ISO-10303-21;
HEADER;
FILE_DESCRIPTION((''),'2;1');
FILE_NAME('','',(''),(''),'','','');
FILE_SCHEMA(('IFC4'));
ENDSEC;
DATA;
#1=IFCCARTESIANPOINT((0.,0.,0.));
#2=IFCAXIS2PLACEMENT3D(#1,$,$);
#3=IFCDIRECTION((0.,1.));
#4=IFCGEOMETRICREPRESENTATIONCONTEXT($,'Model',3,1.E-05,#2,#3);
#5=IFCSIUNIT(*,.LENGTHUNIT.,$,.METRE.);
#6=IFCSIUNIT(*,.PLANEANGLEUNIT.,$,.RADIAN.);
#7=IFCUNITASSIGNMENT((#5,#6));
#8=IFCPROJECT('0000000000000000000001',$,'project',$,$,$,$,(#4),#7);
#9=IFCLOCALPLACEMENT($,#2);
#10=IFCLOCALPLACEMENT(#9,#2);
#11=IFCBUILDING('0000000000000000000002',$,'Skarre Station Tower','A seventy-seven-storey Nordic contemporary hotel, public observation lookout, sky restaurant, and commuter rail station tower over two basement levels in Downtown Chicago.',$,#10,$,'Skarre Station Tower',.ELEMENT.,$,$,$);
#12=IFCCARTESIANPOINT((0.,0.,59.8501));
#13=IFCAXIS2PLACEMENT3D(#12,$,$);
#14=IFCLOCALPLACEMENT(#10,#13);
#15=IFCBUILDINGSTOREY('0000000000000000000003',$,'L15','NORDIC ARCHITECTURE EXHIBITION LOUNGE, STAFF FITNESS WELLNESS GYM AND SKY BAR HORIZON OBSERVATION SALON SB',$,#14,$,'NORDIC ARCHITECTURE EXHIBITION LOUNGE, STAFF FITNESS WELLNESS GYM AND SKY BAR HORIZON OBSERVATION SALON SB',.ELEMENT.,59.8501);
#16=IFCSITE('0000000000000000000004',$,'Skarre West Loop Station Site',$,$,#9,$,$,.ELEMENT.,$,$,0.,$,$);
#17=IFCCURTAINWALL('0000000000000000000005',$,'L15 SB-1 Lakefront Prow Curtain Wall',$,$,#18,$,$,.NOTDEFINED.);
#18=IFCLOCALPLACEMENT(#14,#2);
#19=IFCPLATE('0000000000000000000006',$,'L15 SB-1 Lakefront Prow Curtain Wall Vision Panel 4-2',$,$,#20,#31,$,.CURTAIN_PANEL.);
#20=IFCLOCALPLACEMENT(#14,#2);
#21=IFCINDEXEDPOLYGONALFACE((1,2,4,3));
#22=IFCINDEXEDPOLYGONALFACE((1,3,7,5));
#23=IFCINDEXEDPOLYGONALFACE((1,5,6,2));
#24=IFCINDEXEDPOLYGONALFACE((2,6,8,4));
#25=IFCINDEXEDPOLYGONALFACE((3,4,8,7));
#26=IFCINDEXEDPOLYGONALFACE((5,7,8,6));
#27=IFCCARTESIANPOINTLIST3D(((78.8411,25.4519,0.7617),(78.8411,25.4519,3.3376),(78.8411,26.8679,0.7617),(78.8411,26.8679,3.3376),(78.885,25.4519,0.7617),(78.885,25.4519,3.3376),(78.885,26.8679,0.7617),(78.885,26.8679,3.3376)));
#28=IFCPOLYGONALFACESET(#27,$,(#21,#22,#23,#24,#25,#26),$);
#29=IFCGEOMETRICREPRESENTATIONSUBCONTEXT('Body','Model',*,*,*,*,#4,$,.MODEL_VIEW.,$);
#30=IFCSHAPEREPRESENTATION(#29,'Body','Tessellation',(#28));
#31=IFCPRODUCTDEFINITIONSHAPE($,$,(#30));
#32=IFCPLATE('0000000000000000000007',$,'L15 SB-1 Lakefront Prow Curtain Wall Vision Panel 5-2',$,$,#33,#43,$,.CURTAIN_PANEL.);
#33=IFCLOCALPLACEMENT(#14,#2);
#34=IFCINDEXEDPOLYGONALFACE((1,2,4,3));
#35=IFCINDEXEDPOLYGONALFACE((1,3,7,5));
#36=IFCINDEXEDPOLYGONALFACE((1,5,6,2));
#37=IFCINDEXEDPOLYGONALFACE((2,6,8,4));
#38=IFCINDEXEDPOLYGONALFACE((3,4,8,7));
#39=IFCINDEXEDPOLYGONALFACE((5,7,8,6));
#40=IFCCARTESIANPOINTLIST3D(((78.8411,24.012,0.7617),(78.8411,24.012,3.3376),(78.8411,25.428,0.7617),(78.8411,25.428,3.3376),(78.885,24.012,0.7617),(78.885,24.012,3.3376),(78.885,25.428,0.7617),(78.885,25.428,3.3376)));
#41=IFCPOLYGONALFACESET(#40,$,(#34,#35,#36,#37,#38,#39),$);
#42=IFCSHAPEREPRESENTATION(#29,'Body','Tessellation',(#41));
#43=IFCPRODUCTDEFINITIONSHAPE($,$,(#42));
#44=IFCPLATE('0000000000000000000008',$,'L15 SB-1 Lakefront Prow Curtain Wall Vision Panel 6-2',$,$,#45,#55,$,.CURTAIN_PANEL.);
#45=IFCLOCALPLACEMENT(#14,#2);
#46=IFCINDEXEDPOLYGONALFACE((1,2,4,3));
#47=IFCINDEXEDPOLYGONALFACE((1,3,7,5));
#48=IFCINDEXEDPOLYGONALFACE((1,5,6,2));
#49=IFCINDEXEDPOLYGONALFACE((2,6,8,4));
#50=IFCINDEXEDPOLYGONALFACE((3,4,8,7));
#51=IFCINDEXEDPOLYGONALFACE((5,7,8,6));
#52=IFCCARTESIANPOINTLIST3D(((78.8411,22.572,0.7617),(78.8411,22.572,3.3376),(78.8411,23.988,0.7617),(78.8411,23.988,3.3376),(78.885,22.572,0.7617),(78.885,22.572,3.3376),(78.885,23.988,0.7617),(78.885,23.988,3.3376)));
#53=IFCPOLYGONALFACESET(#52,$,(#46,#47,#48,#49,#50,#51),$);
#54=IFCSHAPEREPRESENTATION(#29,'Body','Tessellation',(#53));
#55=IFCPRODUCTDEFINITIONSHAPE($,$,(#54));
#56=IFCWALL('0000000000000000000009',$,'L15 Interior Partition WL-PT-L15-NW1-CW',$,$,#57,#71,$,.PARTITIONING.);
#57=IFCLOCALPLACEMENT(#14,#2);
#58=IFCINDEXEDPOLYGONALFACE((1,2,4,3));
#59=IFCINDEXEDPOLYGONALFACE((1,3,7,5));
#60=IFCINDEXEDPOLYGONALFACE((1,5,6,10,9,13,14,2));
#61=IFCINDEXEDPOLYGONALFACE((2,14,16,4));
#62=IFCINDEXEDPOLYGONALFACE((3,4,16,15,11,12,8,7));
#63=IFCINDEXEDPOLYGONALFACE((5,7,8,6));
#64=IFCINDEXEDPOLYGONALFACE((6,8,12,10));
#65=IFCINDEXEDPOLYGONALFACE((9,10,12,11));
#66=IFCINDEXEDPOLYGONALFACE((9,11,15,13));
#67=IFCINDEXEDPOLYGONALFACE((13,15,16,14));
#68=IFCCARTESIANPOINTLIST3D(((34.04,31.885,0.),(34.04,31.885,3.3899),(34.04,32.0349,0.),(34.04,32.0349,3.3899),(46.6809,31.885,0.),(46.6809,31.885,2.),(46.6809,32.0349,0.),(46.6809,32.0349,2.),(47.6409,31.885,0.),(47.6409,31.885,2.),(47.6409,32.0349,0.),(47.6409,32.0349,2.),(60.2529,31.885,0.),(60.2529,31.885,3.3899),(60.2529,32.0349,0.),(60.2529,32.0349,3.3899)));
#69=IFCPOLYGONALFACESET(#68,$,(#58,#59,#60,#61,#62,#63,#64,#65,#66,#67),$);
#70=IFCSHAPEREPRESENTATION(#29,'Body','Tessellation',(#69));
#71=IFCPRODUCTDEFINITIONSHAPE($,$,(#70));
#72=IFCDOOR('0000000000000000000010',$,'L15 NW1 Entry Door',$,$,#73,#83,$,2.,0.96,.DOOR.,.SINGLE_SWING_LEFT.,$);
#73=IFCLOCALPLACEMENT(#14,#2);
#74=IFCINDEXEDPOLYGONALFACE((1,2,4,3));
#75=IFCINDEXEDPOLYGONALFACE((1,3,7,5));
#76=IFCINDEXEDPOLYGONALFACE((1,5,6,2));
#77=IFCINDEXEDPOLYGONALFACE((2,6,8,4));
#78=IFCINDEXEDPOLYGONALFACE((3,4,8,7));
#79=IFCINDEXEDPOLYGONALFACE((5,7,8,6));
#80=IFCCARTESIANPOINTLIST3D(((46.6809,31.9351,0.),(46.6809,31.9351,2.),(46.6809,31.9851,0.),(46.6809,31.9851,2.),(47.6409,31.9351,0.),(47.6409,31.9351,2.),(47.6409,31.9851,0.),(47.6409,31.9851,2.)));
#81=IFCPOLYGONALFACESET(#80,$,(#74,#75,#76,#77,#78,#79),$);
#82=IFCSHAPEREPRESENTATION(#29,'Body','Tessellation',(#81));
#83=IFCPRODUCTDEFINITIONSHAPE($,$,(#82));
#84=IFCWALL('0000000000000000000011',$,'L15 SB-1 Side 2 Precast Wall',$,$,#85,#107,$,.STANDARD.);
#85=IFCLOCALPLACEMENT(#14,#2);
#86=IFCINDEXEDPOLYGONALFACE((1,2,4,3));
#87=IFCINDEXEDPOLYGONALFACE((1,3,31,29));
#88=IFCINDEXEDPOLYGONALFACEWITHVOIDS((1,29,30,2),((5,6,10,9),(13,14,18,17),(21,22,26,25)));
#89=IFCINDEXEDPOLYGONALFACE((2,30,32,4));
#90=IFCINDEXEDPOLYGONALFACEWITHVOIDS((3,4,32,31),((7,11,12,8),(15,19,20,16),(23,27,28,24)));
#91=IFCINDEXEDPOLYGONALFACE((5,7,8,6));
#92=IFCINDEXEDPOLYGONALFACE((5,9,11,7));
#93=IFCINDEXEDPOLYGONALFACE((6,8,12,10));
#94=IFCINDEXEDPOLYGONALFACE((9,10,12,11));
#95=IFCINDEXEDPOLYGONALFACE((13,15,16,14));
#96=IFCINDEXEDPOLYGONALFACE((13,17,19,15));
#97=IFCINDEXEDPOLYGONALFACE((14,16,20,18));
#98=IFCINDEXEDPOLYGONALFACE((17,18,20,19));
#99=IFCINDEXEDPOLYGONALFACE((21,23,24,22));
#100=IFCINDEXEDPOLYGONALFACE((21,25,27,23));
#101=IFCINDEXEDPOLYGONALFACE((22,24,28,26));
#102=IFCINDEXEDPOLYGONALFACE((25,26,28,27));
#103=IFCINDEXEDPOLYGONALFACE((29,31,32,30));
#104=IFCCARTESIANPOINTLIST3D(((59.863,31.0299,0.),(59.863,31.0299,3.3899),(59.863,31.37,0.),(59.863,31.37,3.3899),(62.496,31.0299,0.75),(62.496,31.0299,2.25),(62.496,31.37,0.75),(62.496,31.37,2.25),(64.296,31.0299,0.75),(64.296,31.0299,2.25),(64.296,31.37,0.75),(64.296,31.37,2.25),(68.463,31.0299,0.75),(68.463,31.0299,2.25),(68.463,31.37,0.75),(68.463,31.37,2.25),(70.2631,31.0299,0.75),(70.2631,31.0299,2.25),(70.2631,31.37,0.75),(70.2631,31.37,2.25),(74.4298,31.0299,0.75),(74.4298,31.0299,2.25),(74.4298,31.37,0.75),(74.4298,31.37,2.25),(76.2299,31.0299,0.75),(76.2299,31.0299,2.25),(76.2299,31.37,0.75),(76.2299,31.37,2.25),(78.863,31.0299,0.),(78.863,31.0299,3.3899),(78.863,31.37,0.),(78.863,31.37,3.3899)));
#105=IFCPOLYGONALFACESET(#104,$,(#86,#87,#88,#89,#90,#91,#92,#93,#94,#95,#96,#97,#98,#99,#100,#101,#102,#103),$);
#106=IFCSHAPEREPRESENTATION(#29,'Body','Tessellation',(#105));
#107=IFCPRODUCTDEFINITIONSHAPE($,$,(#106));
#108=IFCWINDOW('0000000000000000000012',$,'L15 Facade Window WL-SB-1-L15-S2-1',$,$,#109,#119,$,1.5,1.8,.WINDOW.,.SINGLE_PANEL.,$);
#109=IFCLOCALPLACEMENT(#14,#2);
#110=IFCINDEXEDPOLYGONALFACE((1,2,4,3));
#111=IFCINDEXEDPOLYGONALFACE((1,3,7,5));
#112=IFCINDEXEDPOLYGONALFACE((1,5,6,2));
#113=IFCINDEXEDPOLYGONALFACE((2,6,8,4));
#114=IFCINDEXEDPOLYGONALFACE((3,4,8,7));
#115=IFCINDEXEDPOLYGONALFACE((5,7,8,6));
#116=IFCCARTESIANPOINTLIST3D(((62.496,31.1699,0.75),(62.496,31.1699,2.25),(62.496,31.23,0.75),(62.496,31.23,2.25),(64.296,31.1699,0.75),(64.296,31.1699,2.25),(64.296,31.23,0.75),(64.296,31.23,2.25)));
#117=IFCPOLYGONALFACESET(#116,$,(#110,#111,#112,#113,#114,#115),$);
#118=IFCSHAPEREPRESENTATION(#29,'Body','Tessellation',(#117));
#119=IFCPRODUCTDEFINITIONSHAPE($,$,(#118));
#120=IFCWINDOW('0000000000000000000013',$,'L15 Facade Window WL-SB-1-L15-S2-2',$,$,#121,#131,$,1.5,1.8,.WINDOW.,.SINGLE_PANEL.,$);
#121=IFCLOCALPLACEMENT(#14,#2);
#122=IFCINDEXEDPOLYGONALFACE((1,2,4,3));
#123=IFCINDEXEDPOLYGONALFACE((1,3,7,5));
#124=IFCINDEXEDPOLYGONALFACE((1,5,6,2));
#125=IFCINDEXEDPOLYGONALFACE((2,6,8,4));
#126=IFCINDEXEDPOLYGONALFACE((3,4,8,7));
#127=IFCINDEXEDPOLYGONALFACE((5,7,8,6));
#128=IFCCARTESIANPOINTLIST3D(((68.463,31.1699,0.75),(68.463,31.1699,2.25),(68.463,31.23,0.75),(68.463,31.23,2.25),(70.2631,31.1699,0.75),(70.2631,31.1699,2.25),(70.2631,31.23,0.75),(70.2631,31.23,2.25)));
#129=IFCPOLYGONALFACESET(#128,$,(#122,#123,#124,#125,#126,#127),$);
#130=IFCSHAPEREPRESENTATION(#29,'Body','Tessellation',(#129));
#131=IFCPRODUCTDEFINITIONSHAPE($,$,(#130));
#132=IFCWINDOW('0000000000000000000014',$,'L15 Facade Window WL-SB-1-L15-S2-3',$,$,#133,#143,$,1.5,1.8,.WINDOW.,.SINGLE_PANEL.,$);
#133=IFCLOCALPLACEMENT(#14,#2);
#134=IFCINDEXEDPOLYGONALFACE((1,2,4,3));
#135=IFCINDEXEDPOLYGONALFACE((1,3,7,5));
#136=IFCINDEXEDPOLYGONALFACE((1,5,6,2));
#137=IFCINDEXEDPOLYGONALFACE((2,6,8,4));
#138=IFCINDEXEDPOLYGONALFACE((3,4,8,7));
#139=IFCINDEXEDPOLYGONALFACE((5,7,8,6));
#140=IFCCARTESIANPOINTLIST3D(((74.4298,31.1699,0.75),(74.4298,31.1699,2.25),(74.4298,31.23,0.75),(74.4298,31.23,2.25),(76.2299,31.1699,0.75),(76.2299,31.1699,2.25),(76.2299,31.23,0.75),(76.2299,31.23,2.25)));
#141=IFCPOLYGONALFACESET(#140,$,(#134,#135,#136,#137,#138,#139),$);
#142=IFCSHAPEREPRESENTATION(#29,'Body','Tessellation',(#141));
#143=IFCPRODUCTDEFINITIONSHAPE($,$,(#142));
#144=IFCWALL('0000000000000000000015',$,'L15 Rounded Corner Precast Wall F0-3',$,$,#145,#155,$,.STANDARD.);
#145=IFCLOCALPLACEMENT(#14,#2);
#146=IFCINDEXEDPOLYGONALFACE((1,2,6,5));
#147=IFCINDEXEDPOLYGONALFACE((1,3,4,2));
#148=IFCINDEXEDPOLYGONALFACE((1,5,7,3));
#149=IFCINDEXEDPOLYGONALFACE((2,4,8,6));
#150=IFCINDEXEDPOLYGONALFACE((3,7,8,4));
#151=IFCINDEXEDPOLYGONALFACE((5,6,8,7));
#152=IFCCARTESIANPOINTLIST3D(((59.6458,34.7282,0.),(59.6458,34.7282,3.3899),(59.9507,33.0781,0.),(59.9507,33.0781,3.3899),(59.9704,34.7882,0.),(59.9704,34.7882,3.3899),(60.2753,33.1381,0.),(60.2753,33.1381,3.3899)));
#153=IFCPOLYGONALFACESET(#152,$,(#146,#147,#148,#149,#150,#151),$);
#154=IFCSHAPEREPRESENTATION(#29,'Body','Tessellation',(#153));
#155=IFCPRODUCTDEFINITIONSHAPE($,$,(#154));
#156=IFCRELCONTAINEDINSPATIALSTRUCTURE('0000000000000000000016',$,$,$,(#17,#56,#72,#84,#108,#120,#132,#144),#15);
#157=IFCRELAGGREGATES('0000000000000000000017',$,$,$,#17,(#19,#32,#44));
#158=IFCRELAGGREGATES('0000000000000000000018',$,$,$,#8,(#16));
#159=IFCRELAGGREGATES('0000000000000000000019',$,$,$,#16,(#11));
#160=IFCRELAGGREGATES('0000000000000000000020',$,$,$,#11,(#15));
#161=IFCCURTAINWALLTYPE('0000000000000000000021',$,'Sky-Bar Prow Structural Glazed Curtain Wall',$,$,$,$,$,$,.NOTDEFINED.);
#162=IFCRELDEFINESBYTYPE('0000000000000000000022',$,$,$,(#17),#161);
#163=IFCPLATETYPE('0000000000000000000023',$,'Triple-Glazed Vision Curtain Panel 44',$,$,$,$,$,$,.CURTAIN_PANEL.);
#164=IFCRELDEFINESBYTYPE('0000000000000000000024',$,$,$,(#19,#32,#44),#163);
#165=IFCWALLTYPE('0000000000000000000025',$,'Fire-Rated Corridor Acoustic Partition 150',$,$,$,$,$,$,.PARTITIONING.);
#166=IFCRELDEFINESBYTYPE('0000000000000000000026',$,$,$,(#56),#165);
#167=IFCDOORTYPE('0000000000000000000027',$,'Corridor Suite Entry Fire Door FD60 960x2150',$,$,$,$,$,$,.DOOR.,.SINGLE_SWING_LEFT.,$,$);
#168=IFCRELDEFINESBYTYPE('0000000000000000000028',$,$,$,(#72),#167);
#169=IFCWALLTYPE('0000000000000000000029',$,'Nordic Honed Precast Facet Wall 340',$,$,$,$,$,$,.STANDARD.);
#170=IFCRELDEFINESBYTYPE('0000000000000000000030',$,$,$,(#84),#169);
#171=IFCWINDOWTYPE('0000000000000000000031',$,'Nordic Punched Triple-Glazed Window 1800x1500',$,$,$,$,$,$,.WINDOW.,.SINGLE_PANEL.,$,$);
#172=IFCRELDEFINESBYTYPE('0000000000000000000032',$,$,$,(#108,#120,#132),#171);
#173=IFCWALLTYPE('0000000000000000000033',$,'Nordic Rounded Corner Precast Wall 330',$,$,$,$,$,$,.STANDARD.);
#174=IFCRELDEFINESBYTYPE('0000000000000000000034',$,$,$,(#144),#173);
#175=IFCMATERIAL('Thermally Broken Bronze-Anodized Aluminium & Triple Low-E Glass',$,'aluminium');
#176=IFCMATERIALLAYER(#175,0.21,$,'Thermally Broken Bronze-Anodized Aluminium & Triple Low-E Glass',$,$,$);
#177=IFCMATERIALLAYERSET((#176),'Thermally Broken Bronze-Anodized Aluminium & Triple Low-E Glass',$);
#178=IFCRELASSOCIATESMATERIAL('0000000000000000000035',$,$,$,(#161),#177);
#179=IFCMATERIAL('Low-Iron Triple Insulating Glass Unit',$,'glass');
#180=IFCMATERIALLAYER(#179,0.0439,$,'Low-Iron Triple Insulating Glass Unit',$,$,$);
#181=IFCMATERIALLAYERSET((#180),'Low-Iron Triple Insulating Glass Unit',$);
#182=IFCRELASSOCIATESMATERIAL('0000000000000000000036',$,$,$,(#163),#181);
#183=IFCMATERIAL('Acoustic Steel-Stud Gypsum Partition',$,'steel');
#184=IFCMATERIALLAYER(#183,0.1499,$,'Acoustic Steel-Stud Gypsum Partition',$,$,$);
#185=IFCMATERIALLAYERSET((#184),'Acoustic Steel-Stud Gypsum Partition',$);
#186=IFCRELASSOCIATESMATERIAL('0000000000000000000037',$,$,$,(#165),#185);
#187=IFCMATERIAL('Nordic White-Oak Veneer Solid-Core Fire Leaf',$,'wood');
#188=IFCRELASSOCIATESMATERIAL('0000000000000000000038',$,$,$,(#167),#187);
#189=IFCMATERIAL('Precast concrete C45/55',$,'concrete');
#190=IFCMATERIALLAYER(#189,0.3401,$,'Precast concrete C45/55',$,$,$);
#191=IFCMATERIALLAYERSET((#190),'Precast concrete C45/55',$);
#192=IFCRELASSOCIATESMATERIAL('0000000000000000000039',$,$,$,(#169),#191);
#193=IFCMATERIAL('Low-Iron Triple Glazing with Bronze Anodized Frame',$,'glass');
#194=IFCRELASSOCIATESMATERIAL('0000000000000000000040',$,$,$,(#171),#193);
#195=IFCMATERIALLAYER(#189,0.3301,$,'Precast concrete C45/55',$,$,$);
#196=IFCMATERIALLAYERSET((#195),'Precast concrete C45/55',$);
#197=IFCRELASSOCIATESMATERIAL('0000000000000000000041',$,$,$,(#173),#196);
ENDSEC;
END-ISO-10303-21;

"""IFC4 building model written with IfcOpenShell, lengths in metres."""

from ifc_helpers import new_model, si_unit, direction, frame, frame_2d, origin, origin_2d, place, context, subcontext, project, spatial, rectangle, extrude, material, layer, layer_set, type_object, element, fill, aggregate, save


model = new_model("IFC4")

# Units and contexts
model_context = context("Model", 3, precision=1e-05, world=origin(), true_north=direction((0.0, 1.0)))
body_context = subcontext(model_context, "Body", "Model", "MODEL_VIEW")
ifc_project = project(units=[si_unit("LENGTHUNIT", "METRE"), si_unit("PLANEANGLEUNIT", "RADIAN")], contexts=[model_context])

# Site, building, storey
site_placement = place(None, origin())
site = spatial("IfcSite", under=ifc_project, at=site_placement, Name="Skarre West Loop Station Site", CompositionType="ELEMENT", RefElevation=0.0)
building_placement = place(site_placement, origin())
building = spatial("IfcBuilding", under=site, at=building_placement, Name="Skarre Station Tower", Description="A seventy-seven-storey Nordic contemporary hotel, public observation lookout, sky restaurant, and commuter rail station tower over two basement levels in Downtown Chicago.", LongName="Skarre Station Tower", CompositionType="ELEMENT")
storey_placement = place(building_placement, frame((0.0, 0.0, 59.8501)))
storey = spatial("IfcBuildingStorey", under=building, at=storey_placement, Name="L15", Description="NORDIC ARCHITECTURE EXHIBITION LOUNGE, STAFF FITNESS WELLNESS GYM AND SKY BAR HORIZON OBSERVATION SALON SB", LongName="NORDIC ARCHITECTURE EXHIBITION LOUNGE, STAFF FITNESS WELLNESS GYM AND SKY BAR HORIZON OBSERVATION SALON SB", CompositionType="ELEMENT", Elevation=59.8501)

# Curtain wall
ifc_material_1 = material(Name="Thermally Broken Bronze-Anodized Aluminium & Triple Low-E Glass", Category="aluminium")
ifc_layer_1 = layer(ifc_material_1, 0.21, Name="Thermally Broken Bronze-Anodized Aluminium & Triple Low-E Glass")
ifc_layer_set_1 = layer_set([ifc_layer_1], Name="Thermally Broken Bronze-Anodized Aluminium & Triple Low-E Glass")
curtain_wall_type = type_object("IfcCurtainWallType", Name="Sky-Bar Prow Structural Glazed Curtain Wall", PredefinedType="NOTDEFINED", material=ifc_layer_set_1)
curtain_wall_placement = place(storey_placement, origin())
curtain_wall = element("IfcCurtainWall", 1, at=curtain_wall_placement, inside=storey, type_object=curtain_wall_type, Name="L15 SB-1 Lakefront Prow Curtain Wall", PredefinedType="NOTDEFINED")

# Plates
ifc_material_2 = material(Name="Low-Iron Triple Insulating Glass Unit", Category="glass")
ifc_layer_2 = layer(ifc_material_2, 0.0439, Name="Low-Iron Triple Insulating Glass Unit")
ifc_layer_set_2 = layer_set([ifc_layer_2], Name="Low-Iron Triple Insulating Glass Unit")
plate_type_1 = type_object("IfcPlateType", Name="Triple-Glazed Vision Curtain Panel 44", PredefinedType="CURTAIN_PANEL", material=ifc_layer_set_2)
plate_1_placement = place(storey_placement, frame((78.863, 26.1599, 0.7617), z_axis=(0.0, 0.0, 1.0), x_axis=(0.0, -1.0, 0.0)))
plate_1 = element("IfcPlate", 2, at=plate_1_placement, type_object=plate_type_1, Name="L15 SB-1 Lakefront Prow Curtain Wall Vision Panel 4-2", PredefinedType="CURTAIN_PANEL", context=body_context, shape_type="SweptSolid", body=[
    extrude(rectangle(XDim=1.416, YDim=0.0439, at=origin_2d()), origin(), (0.0, 0.0, 1.0), 2.5759),
])
plate_2_placement = place(storey_placement, frame((78.863, 24.72, 0.7617), z_axis=(0.0, 0.0, 1.0), x_axis=(0.0, -1.0, 0.0)))
plate_2 = element("IfcPlate", 3, at=plate_2_placement, type_object=plate_type_1, Name="L15 SB-1 Lakefront Prow Curtain Wall Vision Panel 5-2", PredefinedType="CURTAIN_PANEL", context=body_context, shape_type="SweptSolid", body=[
    extrude(rectangle(XDim=1.416, YDim=0.0439, at=origin_2d()), origin(), (0.0, 0.0, 1.0), 2.5759),
])
plate_3_placement = place(storey_placement, frame((78.863, 23.28, 0.7617), z_axis=(0.0, 0.0, 1.0), x_axis=(0.0, -1.0, 0.0)))
plate_3 = element("IfcPlate", 4, at=plate_3_placement, type_object=plate_type_1, Name="L15 SB-1 Lakefront Prow Curtain Wall Vision Panel 6-2", PredefinedType="CURTAIN_PANEL", context=body_context, shape_type="SweptSolid", body=[
    extrude(rectangle(XDim=1.416, YDim=0.0439, at=origin_2d()), origin(), (0.0, 0.0, 1.0), 2.5759),
])
aggregate(curtain_wall, [plate_1, plate_2, plate_3])

# Wall, opening, door
ifc_material_3 = material(Name="Acoustic Steel-Stud Gypsum Partition", Category="steel")
ifc_layer_3 = layer(ifc_material_3, 0.1499, Name="Acoustic Steel-Stud Gypsum Partition")
ifc_layer_set_3 = layer_set([ifc_layer_3], Name="Acoustic Steel-Stud Gypsum Partition")
wall_type_1 = type_object("IfcWallType", Name="Fire-Rated Corridor Acoustic Partition 150", PredefinedType="PARTITIONING", material=ifc_layer_set_3)
wall_1_placement = place(storey_placement, frame((60.2529, 31.96, 0.0), z_axis=(0.0, 0.0, 1.0), x_axis=(-1.0, 0.0, 0.0)))
wall_1 = element("IfcWall", 5, at=wall_1_placement, inside=storey, type_object=wall_type_1, Name="L15 Interior Partition WL-PT-L15-NW1-CW", PredefinedType="PARTITIONING", context=body_context, shape_type="SweptSolid", body=[
    extrude(rectangle(XDim=26.2129, YDim=0.1499, at=frame_2d((13.1064, 0.0))), origin(), (0.0, 0.0, 1.0), 3.3899),
])
opening_1_placement = place(wall_1_placement, frame((12.6121, 0.0, 0.0)))
opening_1 = element("IfcOpeningElement", 6, at=opening_1_placement, cuts=wall_1, PredefinedType="OPENING", context=body_context, shape_type="SweptSolid", body=[
    extrude(rectangle(XDim=0.96, YDim=2.0, at=frame_2d((0.48, 1.0))), frame((0.0, 0.085, 0.0), z_axis=(0.0, -1.0, 0.0), x_axis=(1.0, 0.0, 0.0)), (0.0, 0.0, 1.0), 0.1699),
])
ifc_material_4 = material(Name="Nordic White-Oak Veneer Solid-Core Fire Leaf", Category="wood")
door_type = type_object("IfcDoorType", Name="Corridor Suite Entry Fire Door FD60 960x2150", OperationType="SINGLE_SWING_LEFT", PredefinedType="DOOR", material=ifc_material_4)
door_placement = place(opening_1_placement, origin())
door = element("IfcDoor", 7, at=door_placement, inside=storey, type_object=door_type, Name="L15 NW1 Entry Door", OperationType="SINGLE_SWING_LEFT", OverallHeight=2.0, OverallWidth=0.96, PredefinedType="DOOR", context=body_context, shape_type="SweptSolid", body=[
    extrude(rectangle(XDim=0.96, YDim=2.0, at=frame_2d((0.48, 1.0))), frame((0.0, 0.0249, 0.0), z_axis=(0.0, -1.0, 0.0), x_axis=(1.0, 0.0, 0.0)), (0.0, 0.0, 1.0), 0.05),
])
fill(opening_1, door)

# Wall, openings, windows
ifc_material_5 = material(Name="Precast concrete C45/55", Category="concrete")
ifc_layer_4 = layer(ifc_material_5, 0.3401, Name="Precast concrete C45/55")
ifc_layer_set_4 = layer_set([ifc_layer_4], Name="Precast concrete C45/55")
wall_type_2 = type_object("IfcWallType", Name="Nordic Honed Precast Facet Wall 340", PredefinedType="STANDARD", material=ifc_layer_set_4)
wall_2_placement = place(storey_placement, frame((59.863, 31.2, 0.0), z_axis=(0.0, 0.0, 1.0), x_axis=(1.0, 0.0, 0.0)))
wall_2 = element("IfcWall", 8, at=wall_2_placement, inside=storey, type_object=wall_type_2, Name="L15 SB-1 Side 2 Precast Wall", PredefinedType="STANDARD", context=body_context, shape_type="SweptSolid", body=[
    extrude(rectangle(XDim=19.0, YDim=0.3401, at=frame_2d((9.5, 0.0))), origin(), (0.0, 0.0, 1.0), 3.3899),
])
opening_2_placement = place(wall_2_placement, frame((2.6331, 0.0, 0.75)))
opening_2 = element("IfcOpeningElement", 9, at=opening_2_placement, cuts=wall_2, PredefinedType="OPENING", context=body_context, shape_type="SweptSolid", body=[
    extrude(rectangle(XDim=1.8, YDim=1.5, at=frame_2d((0.8999, 0.75))), frame((0.0, 0.1799, 0.0), z_axis=(0.0, -1.0, 0.0), x_axis=(1.0, 0.0, 0.0)), (0.0, 0.0, 1.0), 0.3601),
])
opening_3_placement = place(wall_2_placement, frame((8.6001, 0.0, 0.75)))
opening_3 = element("IfcOpeningElement", 10, at=opening_3_placement, cuts=wall_2, PredefinedType="OPENING", context=body_context, shape_type="SweptSolid", body=[
    extrude(rectangle(XDim=1.8, YDim=1.5, at=frame_2d((0.8999, 0.75))), frame((0.0, 0.1799, 0.0), z_axis=(0.0, -1.0, 0.0), x_axis=(1.0, 0.0, 0.0)), (0.0, 0.0, 1.0), 0.3601),
])
opening_4_placement = place(wall_2_placement, frame((14.5669, 0.0, 0.75)))
opening_4 = element("IfcOpeningElement", 11, at=opening_4_placement, cuts=wall_2, PredefinedType="OPENING", context=body_context, shape_type="SweptSolid", body=[
    extrude(rectangle(XDim=1.8, YDim=1.5, at=frame_2d((0.8999, 0.75))), frame((0.0, 0.1799, 0.0), z_axis=(0.0, -1.0, 0.0), x_axis=(1.0, 0.0, 0.0)), (0.0, 0.0, 1.0), 0.3601),
])
ifc_material_6 = material(Name="Low-Iron Triple Glazing with Bronze Anodized Frame", Category="glass")
window_type = type_object("IfcWindowType", Name="Nordic Punched Triple-Glazed Window 1800x1500", PartitioningType="SINGLE_PANEL", PredefinedType="WINDOW", material=ifc_material_6)
window_1_placement = place(opening_2_placement, origin())
window_1 = element("IfcWindow", 12, at=window_1_placement, inside=storey, type_object=window_type, Name="L15 Facade Window WL-SB-1-L15-S2-1", OverallHeight=1.5, OverallWidth=1.8, PartitioningType="SINGLE_PANEL", PredefinedType="WINDOW", context=body_context, shape_type="SweptSolid", body=[
    extrude(rectangle(XDim=1.8, YDim=1.5, at=frame_2d((0.8999, 0.75))), frame((0.0, 0.03, 0.0), z_axis=(0.0, -1.0, 0.0), x_axis=(1.0, 0.0, 0.0)), (0.0, 0.0, 1.0), 0.0601),
])
fill(opening_2, window_1)
window_2_placement = place(opening_3_placement, origin())
window_2 = element("IfcWindow", 13, at=window_2_placement, inside=storey, type_object=window_type, Name="L15 Facade Window WL-SB-1-L15-S2-2", OverallHeight=1.5, OverallWidth=1.8, PartitioningType="SINGLE_PANEL", PredefinedType="WINDOW", context=body_context, shape_type="SweptSolid", body=[
    extrude(rectangle(XDim=1.8, YDim=1.5, at=frame_2d((0.8999, 0.75))), frame((0.0, 0.03, 0.0), z_axis=(0.0, -1.0, 0.0), x_axis=(1.0, 0.0, 0.0)), (0.0, 0.0, 1.0), 0.0601),
])
fill(opening_3, window_2)
window_3_placement = place(opening_4_placement, origin())
window_3 = element("IfcWindow", 14, at=window_3_placement, inside=storey, type_object=window_type, Name="L15 Facade Window WL-SB-1-L15-S2-3", OverallHeight=1.5, OverallWidth=1.8, PartitioningType="SINGLE_PANEL", PredefinedType="WINDOW", context=body_context, shape_type="SweptSolid", body=[
    extrude(rectangle(XDim=1.8, YDim=1.5, at=frame_2d((0.8999, 0.75))), frame((0.0, 0.03, 0.0), z_axis=(0.0, -1.0, 0.0), x_axis=(1.0, 0.0, 0.0)), (0.0, 0.0, 1.0), 0.0601),
])
fill(opening_4, window_3)

# Wall
ifc_layer_5 = layer(ifc_material_5, 0.3301, Name="Precast concrete C45/55")
ifc_layer_set_5 = layer_set([ifc_layer_5], Name="Precast concrete C45/55")
wall_type_3 = type_object("IfcWallType", Name="Nordic Rounded Corner Precast Wall 330", PredefinedType="STANDARD", material=ifc_layer_set_5)
wall_3_placement = place(storey_placement, frame((59.8081, 34.7581, 0.0), z_axis=(0.0, 0.0, 1.0), x_axis=(0.181714, -0.983351, 0.0)))
element("IfcWall", 15, at=wall_3_placement, inside=storey, type_object=wall_type_3, Name="L15 Rounded Corner Precast Wall F0-3", PredefinedType="STANDARD", context=body_context, shape_type="SweptSolid", body=[
    extrude(rectangle(XDim=1.678, YDim=0.3301, at=frame_2d((0.8389, 0.0))), origin(), (0.0, 0.0, 1.0), 3.3899),
])

save(model, "model.ifc")
